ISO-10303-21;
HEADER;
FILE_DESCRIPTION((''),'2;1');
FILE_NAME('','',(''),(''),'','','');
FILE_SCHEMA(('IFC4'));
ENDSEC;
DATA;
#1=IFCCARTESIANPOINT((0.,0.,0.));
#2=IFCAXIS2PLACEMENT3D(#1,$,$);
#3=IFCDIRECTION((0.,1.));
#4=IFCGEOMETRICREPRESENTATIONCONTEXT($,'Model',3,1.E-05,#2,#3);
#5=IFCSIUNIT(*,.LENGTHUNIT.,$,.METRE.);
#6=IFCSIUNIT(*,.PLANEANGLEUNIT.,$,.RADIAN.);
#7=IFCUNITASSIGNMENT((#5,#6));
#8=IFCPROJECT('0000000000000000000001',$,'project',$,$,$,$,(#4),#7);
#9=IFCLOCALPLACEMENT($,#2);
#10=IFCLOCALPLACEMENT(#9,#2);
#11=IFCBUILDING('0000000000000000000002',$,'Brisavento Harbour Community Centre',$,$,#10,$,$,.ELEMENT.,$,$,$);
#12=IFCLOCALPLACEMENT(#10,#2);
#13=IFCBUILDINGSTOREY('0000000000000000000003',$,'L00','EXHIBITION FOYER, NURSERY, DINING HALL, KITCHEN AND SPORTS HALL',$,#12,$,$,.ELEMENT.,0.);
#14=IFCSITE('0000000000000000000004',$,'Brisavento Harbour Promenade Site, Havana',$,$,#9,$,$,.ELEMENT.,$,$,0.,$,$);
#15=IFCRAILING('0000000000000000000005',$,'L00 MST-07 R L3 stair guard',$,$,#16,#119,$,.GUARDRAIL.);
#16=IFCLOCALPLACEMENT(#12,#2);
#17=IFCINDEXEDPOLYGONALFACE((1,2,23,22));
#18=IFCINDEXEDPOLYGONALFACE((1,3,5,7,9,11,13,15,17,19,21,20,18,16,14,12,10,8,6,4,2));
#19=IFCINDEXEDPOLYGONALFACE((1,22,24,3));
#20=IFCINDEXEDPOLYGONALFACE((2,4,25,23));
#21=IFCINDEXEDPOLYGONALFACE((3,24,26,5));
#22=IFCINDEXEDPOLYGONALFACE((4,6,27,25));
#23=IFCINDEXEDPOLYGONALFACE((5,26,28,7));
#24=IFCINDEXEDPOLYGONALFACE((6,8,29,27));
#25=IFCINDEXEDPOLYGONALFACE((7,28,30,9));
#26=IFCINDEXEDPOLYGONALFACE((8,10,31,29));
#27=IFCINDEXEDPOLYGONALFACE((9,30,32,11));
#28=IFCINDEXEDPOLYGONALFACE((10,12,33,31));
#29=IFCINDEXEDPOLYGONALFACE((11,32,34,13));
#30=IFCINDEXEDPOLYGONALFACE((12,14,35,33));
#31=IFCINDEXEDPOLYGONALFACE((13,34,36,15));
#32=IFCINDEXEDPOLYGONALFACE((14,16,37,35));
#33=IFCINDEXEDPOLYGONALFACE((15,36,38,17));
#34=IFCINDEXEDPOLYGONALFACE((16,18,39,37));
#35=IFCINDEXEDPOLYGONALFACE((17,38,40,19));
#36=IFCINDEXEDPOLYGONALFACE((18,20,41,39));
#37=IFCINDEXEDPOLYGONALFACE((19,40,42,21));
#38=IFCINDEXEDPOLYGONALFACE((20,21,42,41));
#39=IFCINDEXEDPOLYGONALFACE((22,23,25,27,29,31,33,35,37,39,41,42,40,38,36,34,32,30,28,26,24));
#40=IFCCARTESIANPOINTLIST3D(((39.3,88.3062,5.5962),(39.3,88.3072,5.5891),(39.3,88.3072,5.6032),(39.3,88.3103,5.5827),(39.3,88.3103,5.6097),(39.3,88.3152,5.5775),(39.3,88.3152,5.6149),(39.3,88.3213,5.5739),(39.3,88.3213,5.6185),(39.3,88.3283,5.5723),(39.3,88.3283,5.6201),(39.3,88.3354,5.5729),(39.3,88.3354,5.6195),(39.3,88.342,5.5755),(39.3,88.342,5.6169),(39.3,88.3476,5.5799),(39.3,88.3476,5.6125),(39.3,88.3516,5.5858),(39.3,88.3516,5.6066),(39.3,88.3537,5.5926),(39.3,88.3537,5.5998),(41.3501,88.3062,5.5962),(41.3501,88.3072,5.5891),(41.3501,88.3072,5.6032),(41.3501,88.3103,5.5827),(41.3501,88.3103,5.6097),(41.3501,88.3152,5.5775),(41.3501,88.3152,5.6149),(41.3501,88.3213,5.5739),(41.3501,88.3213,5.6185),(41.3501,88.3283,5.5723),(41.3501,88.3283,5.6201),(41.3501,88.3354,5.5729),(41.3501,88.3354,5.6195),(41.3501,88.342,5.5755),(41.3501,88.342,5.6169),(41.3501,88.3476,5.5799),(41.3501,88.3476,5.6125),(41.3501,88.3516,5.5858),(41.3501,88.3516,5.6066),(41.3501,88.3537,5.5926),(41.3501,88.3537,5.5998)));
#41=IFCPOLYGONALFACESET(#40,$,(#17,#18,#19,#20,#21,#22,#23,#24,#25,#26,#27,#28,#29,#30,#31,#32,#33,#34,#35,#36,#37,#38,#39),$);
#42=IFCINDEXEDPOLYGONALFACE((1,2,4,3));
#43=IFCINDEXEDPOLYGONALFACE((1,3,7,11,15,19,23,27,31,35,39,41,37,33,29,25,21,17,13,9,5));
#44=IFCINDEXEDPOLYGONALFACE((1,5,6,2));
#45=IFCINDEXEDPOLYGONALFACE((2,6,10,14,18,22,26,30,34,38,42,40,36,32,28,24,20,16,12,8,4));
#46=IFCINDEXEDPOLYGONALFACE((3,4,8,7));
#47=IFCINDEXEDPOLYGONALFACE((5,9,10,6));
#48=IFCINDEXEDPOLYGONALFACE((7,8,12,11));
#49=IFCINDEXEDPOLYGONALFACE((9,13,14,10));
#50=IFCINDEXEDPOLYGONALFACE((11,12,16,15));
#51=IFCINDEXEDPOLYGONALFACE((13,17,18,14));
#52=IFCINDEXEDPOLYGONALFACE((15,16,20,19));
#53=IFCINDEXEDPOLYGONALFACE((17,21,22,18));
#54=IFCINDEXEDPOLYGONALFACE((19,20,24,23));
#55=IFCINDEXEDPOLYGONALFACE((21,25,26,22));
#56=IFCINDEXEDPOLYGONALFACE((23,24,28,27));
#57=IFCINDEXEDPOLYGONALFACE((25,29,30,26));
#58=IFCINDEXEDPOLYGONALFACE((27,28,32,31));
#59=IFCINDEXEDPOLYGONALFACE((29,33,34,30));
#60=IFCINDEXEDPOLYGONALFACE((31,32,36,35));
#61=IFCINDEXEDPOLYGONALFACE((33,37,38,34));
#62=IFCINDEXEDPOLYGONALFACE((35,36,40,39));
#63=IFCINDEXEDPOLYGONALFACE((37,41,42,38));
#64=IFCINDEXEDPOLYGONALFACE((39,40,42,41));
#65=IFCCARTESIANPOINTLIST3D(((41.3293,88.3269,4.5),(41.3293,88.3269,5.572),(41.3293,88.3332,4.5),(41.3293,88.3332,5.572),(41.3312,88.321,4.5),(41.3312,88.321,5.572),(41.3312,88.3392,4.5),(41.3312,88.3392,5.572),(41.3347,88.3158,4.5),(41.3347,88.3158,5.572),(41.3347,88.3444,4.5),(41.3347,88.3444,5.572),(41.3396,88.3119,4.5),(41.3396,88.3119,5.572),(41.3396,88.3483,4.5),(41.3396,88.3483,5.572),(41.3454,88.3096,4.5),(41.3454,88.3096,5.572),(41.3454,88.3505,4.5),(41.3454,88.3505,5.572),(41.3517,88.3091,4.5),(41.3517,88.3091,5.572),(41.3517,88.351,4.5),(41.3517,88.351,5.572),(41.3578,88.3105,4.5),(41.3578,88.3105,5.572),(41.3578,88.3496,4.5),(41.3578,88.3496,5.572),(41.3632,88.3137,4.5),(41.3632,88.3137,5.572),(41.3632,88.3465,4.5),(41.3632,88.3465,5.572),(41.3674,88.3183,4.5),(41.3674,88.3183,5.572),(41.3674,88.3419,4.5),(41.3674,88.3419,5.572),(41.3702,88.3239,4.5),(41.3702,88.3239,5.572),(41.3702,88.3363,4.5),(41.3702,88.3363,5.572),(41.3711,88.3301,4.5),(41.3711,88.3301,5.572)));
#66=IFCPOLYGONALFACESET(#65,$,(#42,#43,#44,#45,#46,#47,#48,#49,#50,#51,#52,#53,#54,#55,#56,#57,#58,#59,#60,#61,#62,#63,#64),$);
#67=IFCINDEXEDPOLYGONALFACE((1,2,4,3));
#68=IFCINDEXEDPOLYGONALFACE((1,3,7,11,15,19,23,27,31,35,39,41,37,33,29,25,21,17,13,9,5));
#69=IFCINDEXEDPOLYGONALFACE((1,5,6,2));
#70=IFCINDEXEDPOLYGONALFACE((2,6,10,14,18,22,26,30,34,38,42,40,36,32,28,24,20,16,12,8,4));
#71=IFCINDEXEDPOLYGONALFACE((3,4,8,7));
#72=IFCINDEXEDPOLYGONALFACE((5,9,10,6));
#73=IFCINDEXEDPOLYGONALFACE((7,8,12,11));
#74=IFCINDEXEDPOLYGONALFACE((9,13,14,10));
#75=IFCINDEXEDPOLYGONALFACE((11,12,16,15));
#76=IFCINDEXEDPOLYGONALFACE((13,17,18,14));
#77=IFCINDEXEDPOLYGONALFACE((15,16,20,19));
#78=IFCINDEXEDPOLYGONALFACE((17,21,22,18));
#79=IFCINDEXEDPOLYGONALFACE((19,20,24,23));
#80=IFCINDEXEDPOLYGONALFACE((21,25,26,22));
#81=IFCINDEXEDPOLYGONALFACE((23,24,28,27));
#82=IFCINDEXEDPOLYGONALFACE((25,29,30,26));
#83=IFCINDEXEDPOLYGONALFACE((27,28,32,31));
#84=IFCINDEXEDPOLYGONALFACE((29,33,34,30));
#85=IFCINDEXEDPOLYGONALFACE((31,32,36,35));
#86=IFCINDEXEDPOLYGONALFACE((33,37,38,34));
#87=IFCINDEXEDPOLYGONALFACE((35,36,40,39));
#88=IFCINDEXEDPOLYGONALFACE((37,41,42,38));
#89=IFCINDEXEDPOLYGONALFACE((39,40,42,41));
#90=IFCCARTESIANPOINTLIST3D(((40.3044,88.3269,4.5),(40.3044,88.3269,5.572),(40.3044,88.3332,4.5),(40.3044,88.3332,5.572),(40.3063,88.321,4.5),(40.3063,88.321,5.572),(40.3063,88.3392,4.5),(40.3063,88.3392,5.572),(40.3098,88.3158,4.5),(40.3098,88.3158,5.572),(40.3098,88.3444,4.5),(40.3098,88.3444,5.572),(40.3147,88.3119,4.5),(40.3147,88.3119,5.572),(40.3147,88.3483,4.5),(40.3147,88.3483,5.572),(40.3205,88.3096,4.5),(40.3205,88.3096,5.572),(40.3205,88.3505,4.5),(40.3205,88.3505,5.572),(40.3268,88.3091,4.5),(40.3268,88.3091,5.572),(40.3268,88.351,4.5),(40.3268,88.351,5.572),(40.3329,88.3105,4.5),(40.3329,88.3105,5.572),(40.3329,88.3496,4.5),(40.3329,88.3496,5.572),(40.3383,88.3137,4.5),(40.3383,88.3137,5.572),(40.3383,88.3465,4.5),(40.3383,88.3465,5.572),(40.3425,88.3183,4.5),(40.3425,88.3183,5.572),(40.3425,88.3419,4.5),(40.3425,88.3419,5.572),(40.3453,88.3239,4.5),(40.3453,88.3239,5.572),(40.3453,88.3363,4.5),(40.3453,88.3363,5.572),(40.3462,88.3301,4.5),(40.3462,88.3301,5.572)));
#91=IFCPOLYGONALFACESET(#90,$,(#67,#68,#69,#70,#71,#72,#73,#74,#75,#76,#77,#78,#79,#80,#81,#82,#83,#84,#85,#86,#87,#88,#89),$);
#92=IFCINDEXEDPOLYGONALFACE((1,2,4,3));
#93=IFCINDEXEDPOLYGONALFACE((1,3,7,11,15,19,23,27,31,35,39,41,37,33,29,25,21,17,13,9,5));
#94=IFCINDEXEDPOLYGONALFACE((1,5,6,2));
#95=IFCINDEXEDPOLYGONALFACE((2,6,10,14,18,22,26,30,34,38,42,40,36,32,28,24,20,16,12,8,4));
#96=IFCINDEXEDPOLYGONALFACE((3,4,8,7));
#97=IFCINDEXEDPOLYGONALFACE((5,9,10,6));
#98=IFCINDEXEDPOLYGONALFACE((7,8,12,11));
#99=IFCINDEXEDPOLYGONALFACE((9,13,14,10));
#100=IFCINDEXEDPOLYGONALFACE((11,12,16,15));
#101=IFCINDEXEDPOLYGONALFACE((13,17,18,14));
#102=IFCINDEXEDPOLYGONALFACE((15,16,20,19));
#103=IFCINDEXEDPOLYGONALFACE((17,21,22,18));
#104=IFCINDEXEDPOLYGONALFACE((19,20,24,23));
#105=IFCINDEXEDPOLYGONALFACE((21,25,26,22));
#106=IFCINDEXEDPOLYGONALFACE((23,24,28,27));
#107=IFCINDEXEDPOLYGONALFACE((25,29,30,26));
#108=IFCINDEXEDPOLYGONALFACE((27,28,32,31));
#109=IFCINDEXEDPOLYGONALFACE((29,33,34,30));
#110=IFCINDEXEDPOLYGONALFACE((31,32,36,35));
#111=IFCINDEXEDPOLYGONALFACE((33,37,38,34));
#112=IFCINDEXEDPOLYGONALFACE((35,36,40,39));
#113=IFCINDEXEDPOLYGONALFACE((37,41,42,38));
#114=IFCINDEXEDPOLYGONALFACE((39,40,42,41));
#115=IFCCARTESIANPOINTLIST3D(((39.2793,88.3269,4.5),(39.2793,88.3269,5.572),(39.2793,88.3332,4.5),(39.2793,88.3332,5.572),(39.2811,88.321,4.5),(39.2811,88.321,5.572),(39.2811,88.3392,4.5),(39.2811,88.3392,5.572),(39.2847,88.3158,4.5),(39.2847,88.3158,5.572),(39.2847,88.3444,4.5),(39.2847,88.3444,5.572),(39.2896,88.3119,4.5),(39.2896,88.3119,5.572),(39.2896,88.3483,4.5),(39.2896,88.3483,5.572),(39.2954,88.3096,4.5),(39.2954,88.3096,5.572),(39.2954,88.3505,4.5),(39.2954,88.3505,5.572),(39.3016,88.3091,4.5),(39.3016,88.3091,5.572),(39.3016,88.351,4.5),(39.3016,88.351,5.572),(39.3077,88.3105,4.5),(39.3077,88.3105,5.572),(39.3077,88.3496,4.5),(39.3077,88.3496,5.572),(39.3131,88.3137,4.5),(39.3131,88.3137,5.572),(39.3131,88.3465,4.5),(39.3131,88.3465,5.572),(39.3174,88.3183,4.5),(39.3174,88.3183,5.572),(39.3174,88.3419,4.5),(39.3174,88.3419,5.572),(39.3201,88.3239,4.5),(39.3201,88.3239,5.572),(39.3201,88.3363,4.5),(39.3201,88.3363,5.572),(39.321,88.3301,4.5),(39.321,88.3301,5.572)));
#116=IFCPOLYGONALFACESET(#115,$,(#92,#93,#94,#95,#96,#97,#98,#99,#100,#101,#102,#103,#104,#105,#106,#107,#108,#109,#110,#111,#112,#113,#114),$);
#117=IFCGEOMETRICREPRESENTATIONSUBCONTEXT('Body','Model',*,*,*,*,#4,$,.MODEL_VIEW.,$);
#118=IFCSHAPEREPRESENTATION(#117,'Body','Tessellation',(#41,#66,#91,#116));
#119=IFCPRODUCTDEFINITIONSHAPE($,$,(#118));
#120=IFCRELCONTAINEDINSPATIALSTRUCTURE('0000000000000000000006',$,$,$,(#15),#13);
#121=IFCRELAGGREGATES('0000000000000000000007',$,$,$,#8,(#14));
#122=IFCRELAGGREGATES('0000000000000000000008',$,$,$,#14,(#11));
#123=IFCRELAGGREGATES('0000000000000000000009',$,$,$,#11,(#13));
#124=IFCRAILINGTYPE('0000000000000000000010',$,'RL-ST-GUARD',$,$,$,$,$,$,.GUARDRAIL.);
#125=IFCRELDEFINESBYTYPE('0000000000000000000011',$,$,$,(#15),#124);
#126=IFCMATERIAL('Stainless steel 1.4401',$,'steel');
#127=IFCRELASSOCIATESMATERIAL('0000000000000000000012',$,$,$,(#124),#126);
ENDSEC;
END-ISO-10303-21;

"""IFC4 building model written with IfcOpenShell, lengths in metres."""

from ifc_helpers import new_model, si_unit, direction, frame, origin, origin_2d, place, context, subcontext, project, spatial, circle, extrude, material, type_object, element, save


model = new_model("IFC4")

# Units and contexts
model_context = context("Model", 3, precision=1e-05, world=origin(), true_north=direction((0.0, 1.0)))
body_context = subcontext(model_context, "Body", "Model", "MODEL_VIEW")
ifc_project = project(units=[si_unit("LENGTHUNIT", "METRE"), si_unit("PLANEANGLEUNIT", "RADIAN")], contexts=[model_context])

# Site, building, storey
site_placement = place(None, origin())
site = spatial("IfcSite", under=ifc_project, at=site_placement, Name="Brisavento Harbour Promenade Site, Havana", CompositionType="ELEMENT", RefElevation=0.0)
building_placement = place(site_placement, origin())
building = spatial("IfcBuilding", under=site, at=building_placement, Name="Brisavento Harbour Community Centre", CompositionType="ELEMENT")
storey_placement = place(building_placement, origin())
storey = spatial("IfcBuildingStorey", under=building, at=storey_placement, Name="L00", Description="EXHIBITION FOYER, NURSERY, DINING HALL, KITCHEN AND SPORTS HALL", CompositionType="ELEMENT", Elevation=0.0)

# Railing
ifc_material_1 = material(Name="Stainless steel 1.4401", Category="steel")
railing_type = type_object("IfcRailingType", Name="RL-ST-GUARD", PredefinedType="GUARDRAIL", material=ifc_material_1)
railing_1_placement = place(storey_placement, frame((41.3501, 88.3301, 4.5)))
element("IfcRailing", 1, at=railing_1_placement, inside=storey, type_object=railing_type, Name="L00 MST-07 R L3 stair guard", PredefinedType="GUARDRAIL", context=body_context, shape_type="SweptSolid", body=[
    extrude(circle(Radius=0.0239, at=origin_2d()), frame((0.0, 0.0, 1.0962), z_axis=(-1.0, 0.0, 0.0), x_axis=(0.0, -1.0, 0.0)), (0.0, 0.0, 1.0), 2.05),
    extrude(circle(Radius=0.021, at=origin_2d()), origin(), (0.0, 0.0, 1.0), 1.072),
    extrude(circle(Radius=0.021, at=origin_2d()), frame((-1.0249, 0.0, 0.0)), (0.0, 0.0, 1.0), 1.072),
    extrude(circle(Radius=0.021, at=origin_2d()), frame((-2.05, 0.0, 0.0)), (0.0, 0.0, 1.0), 1.072),
])

save(model, "model.ifc")
